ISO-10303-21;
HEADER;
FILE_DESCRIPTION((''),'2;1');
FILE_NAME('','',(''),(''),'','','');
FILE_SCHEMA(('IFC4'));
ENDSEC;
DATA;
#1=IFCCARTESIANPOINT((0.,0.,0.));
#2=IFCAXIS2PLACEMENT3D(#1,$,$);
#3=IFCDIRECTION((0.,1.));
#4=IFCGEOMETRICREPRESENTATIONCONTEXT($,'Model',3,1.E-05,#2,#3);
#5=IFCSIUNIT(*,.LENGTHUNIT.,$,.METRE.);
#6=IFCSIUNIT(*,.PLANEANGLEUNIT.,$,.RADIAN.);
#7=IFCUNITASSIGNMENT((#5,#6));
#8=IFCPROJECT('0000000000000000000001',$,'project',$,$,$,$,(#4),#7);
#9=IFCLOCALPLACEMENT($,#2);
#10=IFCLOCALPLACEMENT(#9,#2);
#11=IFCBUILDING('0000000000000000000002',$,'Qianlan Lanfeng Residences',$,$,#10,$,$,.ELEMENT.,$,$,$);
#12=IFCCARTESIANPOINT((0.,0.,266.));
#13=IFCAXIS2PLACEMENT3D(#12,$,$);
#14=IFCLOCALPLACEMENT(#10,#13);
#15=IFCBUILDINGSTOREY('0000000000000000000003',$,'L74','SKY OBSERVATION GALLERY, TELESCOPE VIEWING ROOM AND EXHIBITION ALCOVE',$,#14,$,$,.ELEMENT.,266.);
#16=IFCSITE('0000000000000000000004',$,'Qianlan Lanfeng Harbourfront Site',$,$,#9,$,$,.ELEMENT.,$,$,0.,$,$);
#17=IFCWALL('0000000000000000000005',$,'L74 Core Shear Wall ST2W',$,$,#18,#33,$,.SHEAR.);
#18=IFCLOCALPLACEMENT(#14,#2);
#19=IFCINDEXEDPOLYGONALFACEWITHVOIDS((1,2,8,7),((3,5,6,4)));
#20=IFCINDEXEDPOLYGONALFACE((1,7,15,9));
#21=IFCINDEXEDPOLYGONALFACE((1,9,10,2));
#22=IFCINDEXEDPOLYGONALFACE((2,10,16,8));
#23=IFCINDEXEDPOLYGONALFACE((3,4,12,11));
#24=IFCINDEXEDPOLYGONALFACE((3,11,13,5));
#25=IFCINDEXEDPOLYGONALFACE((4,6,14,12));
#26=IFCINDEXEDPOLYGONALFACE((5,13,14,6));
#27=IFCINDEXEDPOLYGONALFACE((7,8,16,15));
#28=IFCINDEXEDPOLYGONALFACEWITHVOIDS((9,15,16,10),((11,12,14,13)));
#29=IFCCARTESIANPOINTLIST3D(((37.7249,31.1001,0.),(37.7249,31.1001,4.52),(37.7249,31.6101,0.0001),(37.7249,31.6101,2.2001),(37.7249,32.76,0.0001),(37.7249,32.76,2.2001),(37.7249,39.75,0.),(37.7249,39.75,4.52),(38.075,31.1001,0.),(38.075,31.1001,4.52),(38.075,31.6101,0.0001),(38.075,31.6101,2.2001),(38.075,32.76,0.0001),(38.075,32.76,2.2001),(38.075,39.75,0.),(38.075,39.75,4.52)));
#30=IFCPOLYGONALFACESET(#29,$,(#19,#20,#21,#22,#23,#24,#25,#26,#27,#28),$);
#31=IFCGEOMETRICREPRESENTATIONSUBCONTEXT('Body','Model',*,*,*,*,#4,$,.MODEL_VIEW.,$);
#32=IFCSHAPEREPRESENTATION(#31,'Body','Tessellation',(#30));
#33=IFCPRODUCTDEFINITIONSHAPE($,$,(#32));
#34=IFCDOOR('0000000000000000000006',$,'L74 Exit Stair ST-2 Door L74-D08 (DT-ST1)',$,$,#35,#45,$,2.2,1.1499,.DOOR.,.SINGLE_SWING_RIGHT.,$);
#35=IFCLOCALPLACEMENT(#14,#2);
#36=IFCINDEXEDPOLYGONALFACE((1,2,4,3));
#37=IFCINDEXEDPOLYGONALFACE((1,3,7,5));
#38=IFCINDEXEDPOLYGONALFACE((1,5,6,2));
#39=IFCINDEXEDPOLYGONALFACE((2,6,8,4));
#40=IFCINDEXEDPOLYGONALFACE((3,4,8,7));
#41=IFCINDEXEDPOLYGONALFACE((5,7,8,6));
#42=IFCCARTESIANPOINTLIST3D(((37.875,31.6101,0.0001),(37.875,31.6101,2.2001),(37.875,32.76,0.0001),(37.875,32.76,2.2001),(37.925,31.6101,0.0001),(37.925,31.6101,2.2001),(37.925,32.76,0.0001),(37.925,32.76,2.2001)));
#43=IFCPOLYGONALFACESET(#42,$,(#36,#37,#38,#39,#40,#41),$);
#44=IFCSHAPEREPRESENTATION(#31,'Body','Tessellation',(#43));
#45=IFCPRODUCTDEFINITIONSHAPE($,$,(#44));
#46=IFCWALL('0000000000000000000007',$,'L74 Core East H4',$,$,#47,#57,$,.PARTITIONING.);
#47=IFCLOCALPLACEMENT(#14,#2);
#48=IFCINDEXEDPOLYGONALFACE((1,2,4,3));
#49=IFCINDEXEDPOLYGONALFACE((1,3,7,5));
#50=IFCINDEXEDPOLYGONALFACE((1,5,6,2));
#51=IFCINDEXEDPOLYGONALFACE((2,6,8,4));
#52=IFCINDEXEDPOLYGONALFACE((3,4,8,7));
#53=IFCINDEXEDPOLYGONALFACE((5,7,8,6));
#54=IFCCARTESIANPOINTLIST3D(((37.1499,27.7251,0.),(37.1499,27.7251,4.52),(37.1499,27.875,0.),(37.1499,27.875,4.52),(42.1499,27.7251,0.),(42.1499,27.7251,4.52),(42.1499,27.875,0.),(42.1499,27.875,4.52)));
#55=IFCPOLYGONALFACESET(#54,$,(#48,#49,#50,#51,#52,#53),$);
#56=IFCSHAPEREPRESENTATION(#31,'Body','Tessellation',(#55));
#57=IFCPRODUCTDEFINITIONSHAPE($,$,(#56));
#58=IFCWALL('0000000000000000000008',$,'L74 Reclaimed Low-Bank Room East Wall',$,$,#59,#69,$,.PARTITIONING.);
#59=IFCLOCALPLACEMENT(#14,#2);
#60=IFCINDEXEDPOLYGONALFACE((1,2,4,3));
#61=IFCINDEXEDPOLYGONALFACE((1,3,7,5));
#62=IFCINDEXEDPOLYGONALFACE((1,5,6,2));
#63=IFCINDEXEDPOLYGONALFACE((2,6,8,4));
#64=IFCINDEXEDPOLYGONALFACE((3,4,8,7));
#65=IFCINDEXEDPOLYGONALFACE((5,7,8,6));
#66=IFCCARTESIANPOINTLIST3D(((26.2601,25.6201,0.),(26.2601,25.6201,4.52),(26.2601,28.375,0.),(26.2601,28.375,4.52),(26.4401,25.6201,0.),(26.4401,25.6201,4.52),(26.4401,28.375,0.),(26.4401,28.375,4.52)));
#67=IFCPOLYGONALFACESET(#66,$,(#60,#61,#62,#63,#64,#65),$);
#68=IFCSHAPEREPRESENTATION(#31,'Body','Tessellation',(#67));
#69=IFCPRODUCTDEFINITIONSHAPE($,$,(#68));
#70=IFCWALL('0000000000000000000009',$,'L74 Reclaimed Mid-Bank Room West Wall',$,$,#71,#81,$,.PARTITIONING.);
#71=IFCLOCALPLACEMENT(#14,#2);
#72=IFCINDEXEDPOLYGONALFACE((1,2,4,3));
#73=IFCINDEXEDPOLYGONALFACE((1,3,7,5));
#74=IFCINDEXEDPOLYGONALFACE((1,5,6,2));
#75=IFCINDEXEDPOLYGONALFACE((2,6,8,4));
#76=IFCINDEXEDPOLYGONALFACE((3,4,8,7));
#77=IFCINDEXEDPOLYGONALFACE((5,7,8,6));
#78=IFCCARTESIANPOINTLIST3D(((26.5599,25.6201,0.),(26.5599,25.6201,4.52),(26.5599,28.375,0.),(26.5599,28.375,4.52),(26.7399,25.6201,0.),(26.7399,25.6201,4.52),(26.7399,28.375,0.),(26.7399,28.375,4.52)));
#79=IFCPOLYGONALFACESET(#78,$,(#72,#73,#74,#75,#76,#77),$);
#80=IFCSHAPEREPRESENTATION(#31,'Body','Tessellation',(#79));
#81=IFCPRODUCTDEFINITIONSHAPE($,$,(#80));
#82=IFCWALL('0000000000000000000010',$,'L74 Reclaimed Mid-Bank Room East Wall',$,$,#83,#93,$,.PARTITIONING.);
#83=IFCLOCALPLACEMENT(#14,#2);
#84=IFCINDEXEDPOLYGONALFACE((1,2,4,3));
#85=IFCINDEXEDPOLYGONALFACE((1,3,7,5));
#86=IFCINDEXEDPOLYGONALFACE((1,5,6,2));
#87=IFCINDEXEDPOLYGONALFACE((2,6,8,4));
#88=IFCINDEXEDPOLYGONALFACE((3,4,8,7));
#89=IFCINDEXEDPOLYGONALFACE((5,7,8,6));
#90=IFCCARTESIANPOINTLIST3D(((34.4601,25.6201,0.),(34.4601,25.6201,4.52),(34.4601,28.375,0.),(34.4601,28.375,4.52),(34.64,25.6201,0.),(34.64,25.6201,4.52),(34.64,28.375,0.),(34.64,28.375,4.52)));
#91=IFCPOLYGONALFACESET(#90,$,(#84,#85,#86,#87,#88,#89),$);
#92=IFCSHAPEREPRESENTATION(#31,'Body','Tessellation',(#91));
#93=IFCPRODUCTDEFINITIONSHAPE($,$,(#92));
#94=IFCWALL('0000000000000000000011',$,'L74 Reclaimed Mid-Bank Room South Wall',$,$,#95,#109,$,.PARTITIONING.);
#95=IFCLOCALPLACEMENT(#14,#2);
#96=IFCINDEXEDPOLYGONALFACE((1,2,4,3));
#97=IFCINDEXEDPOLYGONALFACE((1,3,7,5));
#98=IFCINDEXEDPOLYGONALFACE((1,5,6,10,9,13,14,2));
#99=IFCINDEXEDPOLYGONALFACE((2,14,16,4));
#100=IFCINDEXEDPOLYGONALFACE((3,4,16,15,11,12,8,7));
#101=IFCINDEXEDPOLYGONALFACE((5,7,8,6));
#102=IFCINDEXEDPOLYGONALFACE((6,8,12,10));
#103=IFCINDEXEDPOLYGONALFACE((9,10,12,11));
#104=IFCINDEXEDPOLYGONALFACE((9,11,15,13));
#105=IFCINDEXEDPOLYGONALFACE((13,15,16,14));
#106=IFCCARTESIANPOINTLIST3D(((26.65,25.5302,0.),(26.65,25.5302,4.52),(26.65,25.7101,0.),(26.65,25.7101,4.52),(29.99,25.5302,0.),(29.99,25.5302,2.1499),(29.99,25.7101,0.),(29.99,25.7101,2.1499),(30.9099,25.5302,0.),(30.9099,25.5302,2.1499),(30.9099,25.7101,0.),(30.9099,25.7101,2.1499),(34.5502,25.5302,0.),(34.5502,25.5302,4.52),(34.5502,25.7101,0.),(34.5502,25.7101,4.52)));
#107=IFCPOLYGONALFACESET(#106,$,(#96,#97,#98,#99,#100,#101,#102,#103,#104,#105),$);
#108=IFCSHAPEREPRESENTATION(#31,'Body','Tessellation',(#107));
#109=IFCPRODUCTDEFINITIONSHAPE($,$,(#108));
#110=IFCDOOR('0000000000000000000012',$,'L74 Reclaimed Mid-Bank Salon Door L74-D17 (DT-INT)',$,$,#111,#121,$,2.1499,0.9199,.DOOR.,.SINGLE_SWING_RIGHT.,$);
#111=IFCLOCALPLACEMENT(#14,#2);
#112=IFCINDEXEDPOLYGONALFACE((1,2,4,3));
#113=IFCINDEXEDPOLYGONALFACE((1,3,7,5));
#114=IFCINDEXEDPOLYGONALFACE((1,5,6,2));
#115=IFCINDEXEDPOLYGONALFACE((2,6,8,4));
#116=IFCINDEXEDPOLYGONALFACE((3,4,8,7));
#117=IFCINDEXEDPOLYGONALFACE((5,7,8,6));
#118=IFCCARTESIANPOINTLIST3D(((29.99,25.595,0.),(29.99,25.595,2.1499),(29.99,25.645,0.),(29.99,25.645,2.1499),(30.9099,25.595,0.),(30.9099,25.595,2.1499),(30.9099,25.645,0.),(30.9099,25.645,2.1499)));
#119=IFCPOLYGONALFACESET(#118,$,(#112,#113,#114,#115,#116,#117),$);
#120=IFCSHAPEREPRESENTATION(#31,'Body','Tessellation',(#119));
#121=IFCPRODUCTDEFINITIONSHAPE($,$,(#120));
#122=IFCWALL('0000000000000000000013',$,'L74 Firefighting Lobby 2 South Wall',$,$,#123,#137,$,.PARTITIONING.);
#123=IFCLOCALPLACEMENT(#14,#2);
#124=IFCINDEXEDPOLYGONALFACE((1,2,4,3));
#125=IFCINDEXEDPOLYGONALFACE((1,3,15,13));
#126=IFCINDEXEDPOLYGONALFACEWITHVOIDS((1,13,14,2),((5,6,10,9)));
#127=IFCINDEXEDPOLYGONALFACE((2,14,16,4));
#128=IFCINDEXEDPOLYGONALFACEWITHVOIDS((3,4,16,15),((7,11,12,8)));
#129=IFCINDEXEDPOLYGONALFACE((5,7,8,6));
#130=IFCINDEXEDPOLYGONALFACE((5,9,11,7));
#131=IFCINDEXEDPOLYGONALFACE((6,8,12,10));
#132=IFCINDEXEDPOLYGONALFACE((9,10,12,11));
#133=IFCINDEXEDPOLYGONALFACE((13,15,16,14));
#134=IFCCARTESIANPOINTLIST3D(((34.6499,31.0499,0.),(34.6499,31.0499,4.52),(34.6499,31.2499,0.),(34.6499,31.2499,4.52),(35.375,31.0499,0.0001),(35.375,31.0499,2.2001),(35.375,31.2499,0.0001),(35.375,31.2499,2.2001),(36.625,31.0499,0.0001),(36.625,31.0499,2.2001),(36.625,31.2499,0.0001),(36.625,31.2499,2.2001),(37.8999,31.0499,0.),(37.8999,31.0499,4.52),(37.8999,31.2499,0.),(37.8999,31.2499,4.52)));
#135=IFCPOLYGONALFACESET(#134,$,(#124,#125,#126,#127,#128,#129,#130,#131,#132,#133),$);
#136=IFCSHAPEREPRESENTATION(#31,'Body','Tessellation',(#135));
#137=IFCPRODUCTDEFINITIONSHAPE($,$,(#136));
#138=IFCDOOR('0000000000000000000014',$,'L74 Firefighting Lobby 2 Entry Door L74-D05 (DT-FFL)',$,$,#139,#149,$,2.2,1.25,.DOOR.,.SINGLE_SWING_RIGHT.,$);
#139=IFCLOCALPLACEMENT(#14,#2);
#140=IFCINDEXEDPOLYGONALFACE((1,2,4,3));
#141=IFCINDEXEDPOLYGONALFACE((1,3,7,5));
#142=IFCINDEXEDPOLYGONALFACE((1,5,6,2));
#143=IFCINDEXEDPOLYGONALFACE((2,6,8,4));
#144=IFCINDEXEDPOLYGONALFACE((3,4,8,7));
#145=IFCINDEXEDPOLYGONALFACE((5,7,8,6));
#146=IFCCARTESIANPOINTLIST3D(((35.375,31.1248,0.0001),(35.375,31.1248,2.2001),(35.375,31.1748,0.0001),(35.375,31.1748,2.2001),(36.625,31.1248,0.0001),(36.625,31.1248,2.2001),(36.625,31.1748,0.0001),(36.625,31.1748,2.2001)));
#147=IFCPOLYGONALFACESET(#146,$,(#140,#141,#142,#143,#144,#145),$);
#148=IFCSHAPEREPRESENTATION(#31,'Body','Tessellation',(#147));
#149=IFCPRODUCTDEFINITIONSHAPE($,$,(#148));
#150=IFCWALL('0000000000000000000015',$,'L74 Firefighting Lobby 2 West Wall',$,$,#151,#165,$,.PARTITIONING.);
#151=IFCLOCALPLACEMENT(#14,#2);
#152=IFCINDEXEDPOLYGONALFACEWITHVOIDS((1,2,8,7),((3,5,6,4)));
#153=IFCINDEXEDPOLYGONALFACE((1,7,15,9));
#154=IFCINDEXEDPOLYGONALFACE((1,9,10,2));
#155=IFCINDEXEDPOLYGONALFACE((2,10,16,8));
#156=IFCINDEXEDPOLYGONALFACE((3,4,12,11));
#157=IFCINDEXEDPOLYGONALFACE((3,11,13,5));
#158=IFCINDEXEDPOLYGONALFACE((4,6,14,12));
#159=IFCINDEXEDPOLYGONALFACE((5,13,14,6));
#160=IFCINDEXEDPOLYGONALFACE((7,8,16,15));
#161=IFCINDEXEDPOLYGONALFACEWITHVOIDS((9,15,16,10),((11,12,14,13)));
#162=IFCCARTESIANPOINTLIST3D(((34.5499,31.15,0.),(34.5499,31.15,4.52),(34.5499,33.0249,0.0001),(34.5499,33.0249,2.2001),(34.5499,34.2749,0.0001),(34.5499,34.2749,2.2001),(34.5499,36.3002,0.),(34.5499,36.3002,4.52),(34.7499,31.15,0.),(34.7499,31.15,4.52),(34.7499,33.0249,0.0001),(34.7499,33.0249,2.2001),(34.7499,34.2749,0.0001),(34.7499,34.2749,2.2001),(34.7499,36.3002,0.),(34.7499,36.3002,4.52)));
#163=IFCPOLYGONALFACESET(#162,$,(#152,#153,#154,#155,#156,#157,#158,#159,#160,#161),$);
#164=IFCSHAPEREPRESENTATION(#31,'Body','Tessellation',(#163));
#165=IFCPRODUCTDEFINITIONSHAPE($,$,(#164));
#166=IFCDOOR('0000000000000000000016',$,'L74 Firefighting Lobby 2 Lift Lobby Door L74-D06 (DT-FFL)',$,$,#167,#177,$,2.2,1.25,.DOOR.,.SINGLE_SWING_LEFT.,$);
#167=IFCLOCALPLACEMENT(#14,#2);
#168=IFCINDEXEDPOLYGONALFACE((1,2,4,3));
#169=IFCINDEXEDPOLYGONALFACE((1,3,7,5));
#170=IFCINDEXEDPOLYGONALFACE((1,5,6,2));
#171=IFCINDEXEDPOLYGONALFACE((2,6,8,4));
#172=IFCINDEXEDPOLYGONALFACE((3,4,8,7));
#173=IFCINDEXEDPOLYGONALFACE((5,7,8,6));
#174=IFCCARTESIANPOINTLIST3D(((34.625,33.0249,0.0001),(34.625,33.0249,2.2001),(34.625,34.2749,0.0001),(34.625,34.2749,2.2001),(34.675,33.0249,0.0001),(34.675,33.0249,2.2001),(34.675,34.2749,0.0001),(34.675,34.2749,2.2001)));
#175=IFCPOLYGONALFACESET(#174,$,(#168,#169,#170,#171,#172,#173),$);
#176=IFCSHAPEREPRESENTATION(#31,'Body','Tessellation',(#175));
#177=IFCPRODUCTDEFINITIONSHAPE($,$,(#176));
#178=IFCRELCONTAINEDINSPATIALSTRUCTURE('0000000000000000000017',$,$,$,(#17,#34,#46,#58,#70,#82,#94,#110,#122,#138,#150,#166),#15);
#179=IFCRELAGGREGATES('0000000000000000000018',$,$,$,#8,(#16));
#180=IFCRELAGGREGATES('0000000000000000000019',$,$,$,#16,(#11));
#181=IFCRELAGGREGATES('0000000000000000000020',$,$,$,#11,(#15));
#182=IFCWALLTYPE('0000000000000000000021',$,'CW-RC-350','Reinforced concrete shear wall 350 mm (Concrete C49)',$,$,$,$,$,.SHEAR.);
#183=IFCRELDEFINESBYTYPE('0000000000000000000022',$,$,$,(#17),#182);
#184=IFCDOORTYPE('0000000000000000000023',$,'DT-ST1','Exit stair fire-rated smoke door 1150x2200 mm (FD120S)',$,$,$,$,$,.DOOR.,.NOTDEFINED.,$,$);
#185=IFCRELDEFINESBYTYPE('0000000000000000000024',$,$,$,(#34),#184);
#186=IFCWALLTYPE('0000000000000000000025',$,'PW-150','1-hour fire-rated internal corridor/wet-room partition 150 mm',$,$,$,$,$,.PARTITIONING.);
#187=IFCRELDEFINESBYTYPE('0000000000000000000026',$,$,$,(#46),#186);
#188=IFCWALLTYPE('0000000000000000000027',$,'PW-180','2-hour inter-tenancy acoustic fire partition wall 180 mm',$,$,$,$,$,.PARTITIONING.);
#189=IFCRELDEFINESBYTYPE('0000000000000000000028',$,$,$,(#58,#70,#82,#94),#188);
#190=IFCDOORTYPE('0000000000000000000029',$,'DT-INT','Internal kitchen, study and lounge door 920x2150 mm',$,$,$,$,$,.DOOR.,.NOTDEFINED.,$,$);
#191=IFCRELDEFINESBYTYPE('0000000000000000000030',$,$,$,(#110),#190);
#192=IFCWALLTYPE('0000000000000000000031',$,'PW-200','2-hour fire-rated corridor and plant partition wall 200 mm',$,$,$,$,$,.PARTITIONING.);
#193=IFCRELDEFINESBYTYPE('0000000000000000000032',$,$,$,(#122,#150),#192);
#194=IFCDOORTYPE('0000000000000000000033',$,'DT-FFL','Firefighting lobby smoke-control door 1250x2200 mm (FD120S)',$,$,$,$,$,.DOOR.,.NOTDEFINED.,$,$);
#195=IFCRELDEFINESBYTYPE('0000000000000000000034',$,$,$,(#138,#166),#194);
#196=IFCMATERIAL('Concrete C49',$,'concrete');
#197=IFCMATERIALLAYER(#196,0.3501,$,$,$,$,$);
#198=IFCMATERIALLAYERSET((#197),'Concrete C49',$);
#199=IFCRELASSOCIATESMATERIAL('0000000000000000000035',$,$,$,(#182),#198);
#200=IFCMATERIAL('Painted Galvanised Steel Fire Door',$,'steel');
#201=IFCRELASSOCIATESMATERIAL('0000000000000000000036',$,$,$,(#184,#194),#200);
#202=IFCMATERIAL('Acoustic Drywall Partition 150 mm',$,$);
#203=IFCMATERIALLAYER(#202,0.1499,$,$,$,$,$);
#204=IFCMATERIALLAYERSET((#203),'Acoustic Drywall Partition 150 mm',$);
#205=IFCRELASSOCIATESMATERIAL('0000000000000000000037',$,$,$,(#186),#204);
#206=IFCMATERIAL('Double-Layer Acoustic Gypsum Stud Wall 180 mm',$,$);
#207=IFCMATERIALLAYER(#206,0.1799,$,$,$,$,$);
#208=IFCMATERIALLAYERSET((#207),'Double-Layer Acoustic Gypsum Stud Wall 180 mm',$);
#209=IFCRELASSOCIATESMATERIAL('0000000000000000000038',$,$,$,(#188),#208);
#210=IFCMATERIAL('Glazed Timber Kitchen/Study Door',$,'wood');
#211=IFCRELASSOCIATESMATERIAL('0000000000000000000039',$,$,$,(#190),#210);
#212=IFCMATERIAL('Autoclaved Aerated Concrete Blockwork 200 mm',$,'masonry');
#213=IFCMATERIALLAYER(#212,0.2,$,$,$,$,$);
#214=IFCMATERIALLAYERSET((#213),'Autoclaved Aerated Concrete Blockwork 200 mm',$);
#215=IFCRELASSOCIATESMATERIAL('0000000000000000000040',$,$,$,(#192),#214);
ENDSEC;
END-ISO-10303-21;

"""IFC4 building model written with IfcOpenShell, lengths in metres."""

from ifc_helpers import new_model, si_unit, direction, frame, frame_2d, origin, place, context, subcontext, project, spatial, rectangle, extrude, material, layer, layer_set, type_object, element, fill, save


model = new_model("IFC4")

# Units and contexts
model_context = context("Model", 3, precision=1e-05, world=origin(), true_north=direction((0.0, 1.0)))
body_context = subcontext(model_context, "Body", "Model", "MODEL_VIEW")
ifc_project = project(units=[si_unit("LENGTHUNIT", "METRE"), si_unit("PLANEANGLEUNIT", "RADIAN")], contexts=[model_context])

# Site, building, storey
site_placement = place(None, origin())
site = spatial("IfcSite", under=ifc_project, at=site_placement, Name="Qianlan Lanfeng Harbourfront Site", CompositionType="ELEMENT", RefElevation=0.0)
building_placement = place(site_placement, origin())
building = spatial("IfcBuilding", under=site, at=building_placement, Name="Qianlan Lanfeng Residences", CompositionType="ELEMENT")
storey_placement = place(building_placement, frame((0.0, 0.0, 266.0)))
storey = spatial("IfcBuildingStorey", under=building, at=storey_placement, Name="L74", Description="SKY OBSERVATION GALLERY, TELESCOPE VIEWING ROOM AND EXHIBITION ALCOVE", CompositionType="ELEMENT", Elevation=266.0)

# Wall, opening, door
ifc_material_1 = material(Name="Concrete C49", Category="concrete")
ifc_layer_1 = layer(ifc_material_1, 0.3501)
ifc_layer_set_1 = layer_set([ifc_layer_1], Name="Concrete C49")
wall_type_1 = type_object("IfcWallType", Name="CW-RC-350", Description="Reinforced concrete shear wall 350 mm (Concrete C49)", PredefinedType="SHEAR", material=ifc_layer_set_1)
wall_1_placement = place(storey_placement, frame((37.8999, 31.1001, 0.0), z_axis=(0.0, 0.0, 1.0), x_axis=(0.0, 1.0, 0.0)))
wall_1 = element("IfcWall", 1, at=wall_1_placement, inside=storey, type_object=wall_type_1, Name="L74 Core Shear Wall ST2W", PredefinedType="SHEAR", context=body_context, shape_type="SweptSolid", body=[
    extrude(rectangle(XDim=8.6499, YDim=0.3501, at=frame_2d((4.325, 0.0))), origin(), (0.0, 0.0, 1.0), 4.52),
])
opening_1_placement = place(wall_1_placement, frame((0.51, 0.0, 0.0)))
opening_1 = element("IfcOpeningElement", 2, at=opening_1_placement, cuts=wall_1, PredefinedType="OPENING", context=body_context, shape_type="SweptSolid", body=[
    extrude(rectangle(XDim=1.1499, YDim=2.2, at=frame_2d((0.575, 1.1001))), frame((0.0, 0.1851, 0.0), z_axis=(0.0, -1.0, 0.0), x_axis=(1.0, 0.0, 0.0)), (0.0, 0.0, 1.0), 0.3701),
])
ifc_material_2 = material(Name="Painted Galvanised Steel Fire Door", Category="steel")
door_type_1 = type_object("IfcDoorType", Name="DT-ST1", Description="Exit stair fire-rated smoke door 1150x2200 mm (FD120S)", OperationType="NOTDEFINED", PredefinedType="DOOR", material=ifc_material_2)
door_1_placement = place(opening_1_placement, origin())
door_1 = element("IfcDoor", 3, at=door_1_placement, inside=storey, type_object=door_type_1, Name="L74 Exit Stair ST-2 Door L74-D08 (DT-ST1)", OperationType="SINGLE_SWING_RIGHT", OverallHeight=2.2, OverallWidth=1.1499, PredefinedType="DOOR", context=body_context, shape_type="SweptSolid", body=[
    extrude(rectangle(XDim=1.1499, YDim=2.2, at=frame_2d((0.575, 1.1001))), frame((0.0, 0.0249, 0.0), z_axis=(0.0, -1.0, 0.0), x_axis=(1.0, 0.0, 0.0)), (0.0, 0.0, 1.0), 0.05),
])
fill(opening_1, door_1)

# Walls
ifc_material_3 = material(Name="Acoustic Drywall Partition 150 mm")
ifc_layer_2 = layer(ifc_material_3, 0.1499)
ifc_layer_set_2 = layer_set([ifc_layer_2], Name="Acoustic Drywall Partition 150 mm")
wall_type_2 = type_object("IfcWallType", Name="PW-150", Description="1-hour fire-rated internal corridor/wet-room partition 150 mm", PredefinedType="PARTITIONING", material=ifc_layer_set_2)
wall_2_placement = place(storey_placement, frame((37.1499, 27.8, 0.0), z_axis=(0.0, 0.0, 1.0), x_axis=(1.0, 0.0, 0.0)))
element("IfcWall", 4, at=wall_2_placement, inside=storey, type_object=wall_type_2, Name="L74 Core East H4", PredefinedType="PARTITIONING", context=body_context, shape_type="SweptSolid", body=[
    extrude(rectangle(XDim=5.0, YDim=0.1499, at=frame_2d((2.5, 0.0))), origin(), (0.0, 0.0, 1.0), 4.52),
])
ifc_material_4 = material(Name="Double-Layer Acoustic Gypsum Stud Wall 180 mm")
ifc_layer_3 = layer(ifc_material_4, 0.1799)
ifc_layer_set_3 = layer_set([ifc_layer_3], Name="Double-Layer Acoustic Gypsum Stud Wall 180 mm")
wall_type_3 = type_object("IfcWallType", Name="PW-180", Description="2-hour inter-tenancy acoustic fire partition wall 180 mm", PredefinedType="PARTITIONING", material=ifc_layer_set_3)
for number, where, z_axis, x_axis, name in (
    (5, (26.3501, 25.6201, 0.0), (0.0, 0.0, 1.0), (0.0, 1.0, 0.0), "L74 Reclaimed Low-Bank Room East Wall"),
    (6, (26.6499, 25.6201, 0.0), (0.0, 0.0, 1.0), (0.0, 1.0, 0.0), "L74 Reclaimed Mid-Bank Room West Wall"),
    (7, (34.55, 25.6201, 0.0), (0.0, 0.0, 1.0), (0.0, 1.0, 0.0), "L74 Reclaimed Mid-Bank Room East Wall"),
):
    element("IfcWall", number, at=place(storey_placement, frame(where, z_axis=z_axis, x_axis=x_axis)), inside=storey, type_object=wall_type_3, Name=name, PredefinedType="PARTITIONING", context=body_context, shape_type="SweptSolid", body=[
        extrude(rectangle(XDim=2.7549, YDim=0.1799, at=frame_2d((1.3774, 0.0))), origin(), (0.0, 0.0, 1.0), 4.52),
    ])

# Walls, openings, doors
wall_3_placement = place(storey_placement, frame((26.6499, 25.6201, 0.0), z_axis=(0.0, 0.0, 1.0), x_axis=(1.0, 0.0, 0.0)))
wall_3 = element("IfcWall", 8, at=wall_3_placement, inside=storey, type_object=wall_type_3, Name="L74 Reclaimed Mid-Bank Room South Wall", PredefinedType="PARTITIONING", context=body_context, shape_type="SweptSolid", body=[
    extrude(rectangle(XDim=7.9001, YDim=0.1799, at=frame_2d((3.9502, 0.0))), origin(), (0.0, 0.0, 1.0), 4.52),
])
opening_2_placement = place(wall_3_placement, frame((3.3401, 0.0, 0.0)))
opening_2 = element("IfcOpeningElement", 9, at=opening_2_placement, cuts=wall_3, PredefinedType="OPENING", context=body_context, shape_type="SweptSolid", body=[
    extrude(rectangle(XDim=0.9199, YDim=2.1499, at=frame_2d((0.46, 1.075))), frame((0.0, 0.1001, 0.0), z_axis=(0.0, -1.0, 0.0), x_axis=(1.0, 0.0, 0.0)), (0.0, 0.0, 1.0), 0.2),
])
ifc_material_5 = material(Name="Glazed Timber Kitchen/Study Door", Category="wood")
door_type_2 = type_object("IfcDoorType", Name="DT-INT", Description="Internal kitchen, study and lounge door 920x2150 mm", OperationType="NOTDEFINED", PredefinedType="DOOR", material=ifc_material_5)
door_2_placement = place(opening_2_placement, origin())
door_2 = element("IfcDoor", 10, at=door_2_placement, inside=storey, type_object=door_type_2, Name="L74 Reclaimed Mid-Bank Salon Door L74-D17 (DT-INT)", OperationType="SINGLE_SWING_RIGHT", OverallHeight=2.1499, OverallWidth=0.9199, PredefinedType="DOOR", context=body_context, shape_type="SweptSolid", body=[
    extrude(rectangle(XDim=0.9199, YDim=2.1499, at=frame_2d((0.46, 1.075))), frame((0.0, 0.0249, 0.0), z_axis=(0.0, -1.0, 0.0), x_axis=(1.0, 0.0, 0.0)), (0.0, 0.0, 1.0), 0.05),
])
fill(opening_2, door_2)
ifc_material_6 = material(Name="Autoclaved Aerated Concrete Blockwork 200 mm", Category="masonry")
ifc_layer_4 = layer(ifc_material_6, 0.2)
ifc_layer_set_4 = layer_set([ifc_layer_4], Name="Autoclaved Aerated Concrete Blockwork 200 mm")
wall_type_4 = type_object("IfcWallType", Name="PW-200", Description="2-hour fire-rated corridor and plant partition wall 200 mm", PredefinedType="PARTITIONING", material=ifc_layer_set_4)
wall_4_placement = place(storey_placement, frame((34.6499, 31.1499, 0.0), z_axis=(0.0, 0.0, 1.0), x_axis=(1.0, 0.0, 0.0)))
wall_4 = element("IfcWall", 11, at=wall_4_placement, inside=storey, type_object=wall_type_4, Name="L74 Firefighting Lobby 2 South Wall", PredefinedType="PARTITIONING", context=body_context, shape_type="SweptSolid", body=[
    extrude(rectangle(XDim=3.25, YDim=0.2, at=frame_2d((1.625, 0.0))), origin(), (0.0, 0.0, 1.0), 4.52),
])
opening_3_placement = place(wall_4_placement, frame((0.7251, 0.0, 0.0)))
opening_3 = element("IfcOpeningElement", 12, at=opening_3_placement, cuts=wall_4, PredefinedType="OPENING", context=body_context, shape_type="SweptSolid", body=[
    extrude(rectangle(XDim=1.25, YDim=2.2, at=frame_2d((0.625, 1.1001))), frame((0.0, 0.1099, 0.0), z_axis=(0.0, -1.0, 0.0), x_axis=(1.0, 0.0, 0.0)), (0.0, 0.0, 1.0), 0.22),
])
door_type_3 = type_object("IfcDoorType", Name="DT-FFL", Description="Firefighting lobby smoke-control door 1250x2200 mm (FD120S)", OperationType="NOTDEFINED", PredefinedType="DOOR", material=ifc_material_2)
door_3_placement = place(opening_3_placement, origin())
door_3 = element("IfcDoor", 13, at=door_3_placement, inside=storey, type_object=door_type_3, Name="L74 Firefighting Lobby 2 Entry Door L74-D05 (DT-FFL)", OperationType="SINGLE_SWING_RIGHT", OverallHeight=2.2, OverallWidth=1.25, PredefinedType="DOOR", context=body_context, shape_type="SweptSolid", body=[
    extrude(rectangle(XDim=1.25, YDim=2.2, at=frame_2d((0.625, 1.1001))), frame((0.0, 0.0249, 0.0), z_axis=(0.0, -1.0, 0.0), x_axis=(1.0, 0.0, 0.0)), (0.0, 0.0, 1.0), 0.05),
])
fill(opening_3, door_3)
wall_5_placement = place(storey_placement, frame((34.6499, 31.1499, 0.0), z_axis=(0.0, 0.0, 1.0), x_axis=(0.0, 1.0, 0.0)))
wall_5 = element("IfcWall", 14, at=wall_5_placement, inside=storey, type_object=wall_type_4, Name="L74 Firefighting Lobby 2 West Wall", PredefinedType="PARTITIONING", context=body_context, shape_type="SweptSolid", body=[
    extrude(rectangle(XDim=5.1501, YDim=0.2, at=frame_2d((2.5752, 0.0))), origin(), (0.0, 0.0, 1.0), 4.52),
])
opening_4_placement = place(wall_5_placement, frame((1.875, 0.0, 0.0)))
opening_4 = element("IfcOpeningElement", 15, at=opening_4_placement, cuts=wall_5, PredefinedType="OPENING", context=body_context, shape_type="SweptSolid", body=[
    extrude(rectangle(XDim=1.25, YDim=2.2, at=frame_2d((0.625, 1.1001))), frame((0.0, 0.1099, 0.0), z_axis=(0.0, -1.0, 0.0), x_axis=(1.0, 0.0, 0.0)), (0.0, 0.0, 1.0), 0.22),
])
door_4_placement = place(opening_4_placement, origin())
door_4 = element("IfcDoor", 16, at=door_4_placement, inside=storey, type_object=door_type_3, Name="L74 Firefighting Lobby 2 Lift Lobby Door L74-D06 (DT-FFL)", OperationType="SINGLE_SWING_LEFT", OverallHeight=2.2, OverallWidth=1.25, PredefinedType="DOOR", context=body_context, shape_type="SweptSolid", body=[
    extrude(rectangle(XDim=1.25, YDim=2.2, at=frame_2d((0.625, 1.1001))), frame((0.0, 0.0249, 0.0), z_axis=(0.0, -1.0, 0.0), x_axis=(1.0, 0.0, 0.0)), (0.0, 0.0, 1.0), 0.05),
])
fill(opening_4, door_4)

save(model, "model.ifc")
